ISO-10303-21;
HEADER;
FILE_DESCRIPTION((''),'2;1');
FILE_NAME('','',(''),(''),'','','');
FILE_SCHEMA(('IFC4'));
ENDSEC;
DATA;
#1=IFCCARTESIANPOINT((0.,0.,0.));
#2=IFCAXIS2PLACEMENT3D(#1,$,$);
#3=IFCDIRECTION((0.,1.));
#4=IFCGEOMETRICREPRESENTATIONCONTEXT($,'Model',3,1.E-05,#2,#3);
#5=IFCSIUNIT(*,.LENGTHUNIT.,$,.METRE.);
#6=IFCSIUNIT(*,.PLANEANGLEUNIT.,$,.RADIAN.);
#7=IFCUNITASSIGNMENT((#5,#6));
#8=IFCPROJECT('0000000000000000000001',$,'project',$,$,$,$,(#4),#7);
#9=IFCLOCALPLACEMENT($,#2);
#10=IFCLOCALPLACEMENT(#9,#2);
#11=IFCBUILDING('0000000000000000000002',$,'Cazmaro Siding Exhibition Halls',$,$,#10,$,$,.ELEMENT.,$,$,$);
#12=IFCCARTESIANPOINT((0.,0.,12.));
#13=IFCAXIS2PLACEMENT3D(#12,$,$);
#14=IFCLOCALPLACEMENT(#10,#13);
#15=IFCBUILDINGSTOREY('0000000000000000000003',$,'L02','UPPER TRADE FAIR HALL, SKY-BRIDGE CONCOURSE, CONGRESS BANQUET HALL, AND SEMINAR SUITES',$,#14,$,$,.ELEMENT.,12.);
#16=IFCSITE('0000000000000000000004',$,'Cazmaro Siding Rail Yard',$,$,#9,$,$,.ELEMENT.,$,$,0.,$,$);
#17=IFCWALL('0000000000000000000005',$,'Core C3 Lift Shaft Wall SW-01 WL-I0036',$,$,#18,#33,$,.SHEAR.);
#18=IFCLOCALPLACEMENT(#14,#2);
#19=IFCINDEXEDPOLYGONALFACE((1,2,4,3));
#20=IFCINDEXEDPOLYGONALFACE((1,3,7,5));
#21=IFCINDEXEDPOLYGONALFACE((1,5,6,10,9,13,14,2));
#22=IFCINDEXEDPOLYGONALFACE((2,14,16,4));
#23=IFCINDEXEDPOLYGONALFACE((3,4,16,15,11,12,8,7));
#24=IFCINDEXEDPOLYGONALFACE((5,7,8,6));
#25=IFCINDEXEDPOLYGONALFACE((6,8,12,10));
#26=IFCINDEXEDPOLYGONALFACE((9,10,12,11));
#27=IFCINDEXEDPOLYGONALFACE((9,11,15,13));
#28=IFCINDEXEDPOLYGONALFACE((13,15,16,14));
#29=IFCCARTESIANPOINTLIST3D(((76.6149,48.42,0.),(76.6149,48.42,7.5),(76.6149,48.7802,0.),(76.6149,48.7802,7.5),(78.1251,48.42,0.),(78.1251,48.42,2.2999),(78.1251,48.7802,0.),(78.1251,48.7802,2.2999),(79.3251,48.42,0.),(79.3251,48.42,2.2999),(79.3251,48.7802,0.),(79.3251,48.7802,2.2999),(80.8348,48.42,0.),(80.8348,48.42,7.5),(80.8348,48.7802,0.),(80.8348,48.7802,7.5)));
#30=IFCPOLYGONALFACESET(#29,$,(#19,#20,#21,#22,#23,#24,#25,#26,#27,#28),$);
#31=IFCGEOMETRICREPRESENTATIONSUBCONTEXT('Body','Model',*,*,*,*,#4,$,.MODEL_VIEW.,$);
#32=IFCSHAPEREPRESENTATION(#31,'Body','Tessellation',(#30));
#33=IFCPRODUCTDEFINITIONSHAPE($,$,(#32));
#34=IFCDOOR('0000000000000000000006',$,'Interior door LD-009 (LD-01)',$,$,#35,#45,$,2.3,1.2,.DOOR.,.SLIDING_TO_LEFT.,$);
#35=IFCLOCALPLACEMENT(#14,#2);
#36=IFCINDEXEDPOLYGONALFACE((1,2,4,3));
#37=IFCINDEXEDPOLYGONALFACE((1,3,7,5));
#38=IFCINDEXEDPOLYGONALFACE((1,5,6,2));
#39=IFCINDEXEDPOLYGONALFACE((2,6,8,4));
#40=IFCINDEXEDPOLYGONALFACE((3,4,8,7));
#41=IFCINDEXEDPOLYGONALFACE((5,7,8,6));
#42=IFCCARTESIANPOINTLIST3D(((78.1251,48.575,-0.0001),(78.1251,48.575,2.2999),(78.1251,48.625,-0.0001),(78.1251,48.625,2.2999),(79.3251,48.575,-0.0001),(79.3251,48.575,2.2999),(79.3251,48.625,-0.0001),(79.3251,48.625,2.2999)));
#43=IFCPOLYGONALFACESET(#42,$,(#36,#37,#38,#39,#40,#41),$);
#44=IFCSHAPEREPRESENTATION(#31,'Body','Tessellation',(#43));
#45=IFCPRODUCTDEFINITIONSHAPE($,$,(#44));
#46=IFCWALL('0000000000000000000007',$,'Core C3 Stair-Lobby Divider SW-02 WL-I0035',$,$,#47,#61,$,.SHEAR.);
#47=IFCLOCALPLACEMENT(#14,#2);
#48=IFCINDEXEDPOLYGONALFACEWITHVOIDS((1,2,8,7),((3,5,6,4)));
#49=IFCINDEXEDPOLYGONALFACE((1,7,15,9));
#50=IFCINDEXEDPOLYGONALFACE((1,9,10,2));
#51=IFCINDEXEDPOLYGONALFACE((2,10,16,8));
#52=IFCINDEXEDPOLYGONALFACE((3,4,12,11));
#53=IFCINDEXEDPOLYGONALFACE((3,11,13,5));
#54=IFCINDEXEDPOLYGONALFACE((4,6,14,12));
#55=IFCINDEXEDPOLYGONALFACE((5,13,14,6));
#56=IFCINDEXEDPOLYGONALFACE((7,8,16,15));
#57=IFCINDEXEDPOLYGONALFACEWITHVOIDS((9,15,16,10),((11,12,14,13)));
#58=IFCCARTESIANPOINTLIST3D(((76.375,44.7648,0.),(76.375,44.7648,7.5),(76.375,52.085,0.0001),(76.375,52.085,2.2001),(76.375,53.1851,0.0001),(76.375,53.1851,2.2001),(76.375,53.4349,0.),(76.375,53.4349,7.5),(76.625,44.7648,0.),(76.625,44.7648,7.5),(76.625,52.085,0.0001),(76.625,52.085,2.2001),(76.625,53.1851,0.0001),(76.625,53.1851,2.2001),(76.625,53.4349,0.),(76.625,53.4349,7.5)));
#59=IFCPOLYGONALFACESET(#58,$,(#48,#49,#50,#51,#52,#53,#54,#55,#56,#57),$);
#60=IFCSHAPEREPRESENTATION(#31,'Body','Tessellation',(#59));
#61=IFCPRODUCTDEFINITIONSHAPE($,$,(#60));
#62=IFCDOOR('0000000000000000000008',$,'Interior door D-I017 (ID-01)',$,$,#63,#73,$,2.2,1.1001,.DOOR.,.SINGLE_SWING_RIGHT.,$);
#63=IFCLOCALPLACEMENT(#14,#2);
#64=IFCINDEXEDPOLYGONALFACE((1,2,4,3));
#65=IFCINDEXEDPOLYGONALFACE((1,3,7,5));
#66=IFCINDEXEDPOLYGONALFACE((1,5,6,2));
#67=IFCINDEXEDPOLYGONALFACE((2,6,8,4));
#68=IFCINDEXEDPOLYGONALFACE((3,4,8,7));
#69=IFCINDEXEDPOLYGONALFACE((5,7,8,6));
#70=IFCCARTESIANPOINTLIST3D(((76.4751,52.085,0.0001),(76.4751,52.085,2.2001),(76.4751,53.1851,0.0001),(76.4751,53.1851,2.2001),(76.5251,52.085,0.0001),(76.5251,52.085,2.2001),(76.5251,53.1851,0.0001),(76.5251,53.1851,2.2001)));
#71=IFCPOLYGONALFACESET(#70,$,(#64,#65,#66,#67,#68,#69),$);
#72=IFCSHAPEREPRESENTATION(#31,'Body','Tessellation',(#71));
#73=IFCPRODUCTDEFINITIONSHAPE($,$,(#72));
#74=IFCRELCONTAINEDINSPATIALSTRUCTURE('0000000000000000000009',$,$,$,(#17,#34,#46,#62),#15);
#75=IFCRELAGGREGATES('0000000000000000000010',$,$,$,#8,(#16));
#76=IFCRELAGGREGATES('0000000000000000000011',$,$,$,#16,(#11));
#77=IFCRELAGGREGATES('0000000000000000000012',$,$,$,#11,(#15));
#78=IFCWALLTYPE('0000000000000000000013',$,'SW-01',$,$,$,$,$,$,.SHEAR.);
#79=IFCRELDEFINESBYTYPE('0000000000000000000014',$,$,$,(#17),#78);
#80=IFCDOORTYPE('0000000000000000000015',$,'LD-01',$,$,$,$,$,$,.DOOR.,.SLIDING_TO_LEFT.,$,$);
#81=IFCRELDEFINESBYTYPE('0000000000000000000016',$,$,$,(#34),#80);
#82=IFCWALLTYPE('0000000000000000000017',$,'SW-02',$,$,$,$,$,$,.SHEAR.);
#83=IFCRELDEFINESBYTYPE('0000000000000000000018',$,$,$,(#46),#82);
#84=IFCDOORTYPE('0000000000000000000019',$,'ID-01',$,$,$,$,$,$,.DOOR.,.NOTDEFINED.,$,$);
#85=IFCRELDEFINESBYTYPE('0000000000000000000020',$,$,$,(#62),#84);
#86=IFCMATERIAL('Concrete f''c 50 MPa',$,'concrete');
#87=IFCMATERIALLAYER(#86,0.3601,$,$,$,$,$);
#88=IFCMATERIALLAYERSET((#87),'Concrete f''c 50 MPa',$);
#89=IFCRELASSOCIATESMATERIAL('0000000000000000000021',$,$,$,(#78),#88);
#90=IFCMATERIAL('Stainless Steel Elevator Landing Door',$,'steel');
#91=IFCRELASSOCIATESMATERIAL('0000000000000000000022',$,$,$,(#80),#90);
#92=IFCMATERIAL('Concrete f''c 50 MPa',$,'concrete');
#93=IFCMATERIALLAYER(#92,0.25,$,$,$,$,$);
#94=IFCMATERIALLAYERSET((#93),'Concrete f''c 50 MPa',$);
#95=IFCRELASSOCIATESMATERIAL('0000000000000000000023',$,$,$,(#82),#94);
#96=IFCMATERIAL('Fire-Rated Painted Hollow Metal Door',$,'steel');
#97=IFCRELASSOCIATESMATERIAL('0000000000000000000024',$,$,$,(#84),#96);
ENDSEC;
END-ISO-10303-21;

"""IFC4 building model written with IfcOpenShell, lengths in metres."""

from ifc_helpers import new_model, si_unit, direction, frame, frame_2d, origin, place, context, subcontext, project, spatial, rectangle, extrude, material, layer, layer_set, type_object, element, fill, save


model = new_model("IFC4")

# Units and contexts
model_context = context("Model", 3, precision=1e-05, world=origin(), true_north=direction((0.0, 1.0)))
body_context = subcontext(model_context, "Body", "Model", "MODEL_VIEW")
ifc_project = project(units=[si_unit("LENGTHUNIT", "METRE"), si_unit("PLANEANGLEUNIT", "RADIAN")], contexts=[model_context])

# Site, building, storey
site_placement = place(None, origin())
site = spatial("IfcSite", under=ifc_project, at=site_placement, Name="Cazmaro Siding Rail Yard", CompositionType="ELEMENT", RefElevation=0.0)
building_placement = place(site_placement, origin())
building = spatial("IfcBuilding", under=site, at=building_placement, Name="Cazmaro Siding Exhibition Halls", CompositionType="ELEMENT")
storey_placement = place(building_placement, frame((0.0, 0.0, 12.0)))
storey = spatial("IfcBuildingStorey", under=building, at=storey_placement, Name="L02", Description="UPPER TRADE FAIR HALL, SKY-BRIDGE CONCOURSE, CONGRESS BANQUET HALL, AND SEMINAR SUITES", CompositionType="ELEMENT", Elevation=12.0)

# Shared definitions
ifc_material_1 = material(Name="Concrete f'c 50 MPa", Category="concrete")
ifc_layer_1 = layer(ifc_material_1, 0.3601)
ifc_layer_set_1 = layer_set([ifc_layer_1], Name="Concrete f'c 50 MPa")
wall_type_1 = type_object("IfcWallType", Name="SW-01", PredefinedType="SHEAR", material=ifc_layer_set_1)

# Walls, openings, doors
wall_1_placement = place(storey_placement, frame((76.615, 48.6001, 0.0), z_axis=(0.0, 0.0, 1.0), x_axis=(1.0, 0.0, 0.0)))
wall_1 = element("IfcWall", 1, at=wall_1_placement, inside=storey, type_object=wall_type_1, Name="Core C3 Lift Shaft Wall SW-01 WL-I0036", PredefinedType="SHEAR", context=body_context, shape_type="SweptSolid", body=[
    extrude(rectangle(XDim=4.22, YDim=0.3601, at=frame_2d((2.1099, 0.0))), origin(), (0.0, 0.0, 1.0), 7.5),
])
opening_1_placement = place(wall_1_placement, frame((1.51, 0.0, 0.0)))
opening_1 = element("IfcOpeningElement", 2, at=opening_1_placement, cuts=wall_1, PredefinedType="OPENING", context=body_context, shape_type="SweptSolid", body=[
    extrude(rectangle(XDim=1.2, YDim=2.3, at=frame_2d((0.6001, 1.1499))), frame((0.0, 0.1899, 0.0), z_axis=(0.0, -1.0, 0.0), x_axis=(1.0, 0.0, 0.0)), (0.0, 0.0, 1.0), 0.3801),
])
ifc_material_2 = material(Name="Stainless Steel Elevator Landing Door", Category="steel")
door_type_1 = type_object("IfcDoorType", Name="LD-01", OperationType="SLIDING_TO_LEFT", PredefinedType="DOOR", material=ifc_material_2)
door_1_placement = place(opening_1_placement, origin())
door_1 = element("IfcDoor", 3, at=door_1_placement, inside=storey, type_object=door_type_1, Name="Interior door LD-009 (LD-01)", OperationType="SLIDING_TO_LEFT", OverallHeight=2.3, OverallWidth=1.2, PredefinedType="DOOR", context=body_context, shape_type="SweptSolid", body=[
    extrude(rectangle(XDim=1.2, YDim=2.3, at=frame_2d((0.6001, 1.1499))), frame((0.0, 0.0249, 0.0), z_axis=(0.0, -1.0, 0.0), x_axis=(1.0, 0.0, 0.0)), (0.0, 0.0, 1.0), 0.05),
])
fill(opening_1, door_1)
ifc_material_3 = material(Name="Concrete f'c 50 MPa", Category="concrete")
ifc_layer_2 = layer(ifc_material_3, 0.25)
ifc_layer_set_2 = layer_set([ifc_layer_2], Name="Concrete f'c 50 MPa")
wall_type_2 = type_object("IfcWallType", Name="SW-02", PredefinedType="SHEAR", material=ifc_layer_set_2)
wall_2_placement = place(storey_placement, frame((76.5, 44.7649, 0.0), z_axis=(0.0, 0.0, 1.0), x_axis=(0.0, 1.0, 0.0)))
wall_2 = element("IfcWall", 4, at=wall_2_placement, inside=storey, type_object=wall_type_2, Name="Core C3 Stair-Lobby Divider SW-02 WL-I0035", PredefinedType="SHEAR", context=body_context, shape_type="SweptSolid", body=[
    extrude(rectangle(XDim=8.6702, YDim=0.25, at=frame_2d((4.335, 0.0))), origin(), (0.0, 0.0, 1.0), 7.5),
])
opening_2_placement = place(wall_2_placement, frame((7.3201, 0.0, 0.0)))
opening_2 = element("IfcOpeningElement", 5, at=opening_2_placement, cuts=wall_2, PredefinedType="OPENING", context=body_context, shape_type="SweptSolid", body=[
    extrude(rectangle(XDim=1.1001, YDim=2.2, at=frame_2d((0.55, 1.1001))), frame((0.0, 0.135, 0.0), z_axis=(0.0, -1.0, 0.0), x_axis=(1.0, 0.0, 0.0)), (0.0, 0.0, 1.0), 0.27),
])
ifc_material_4 = material(Name="Fire-Rated Painted Hollow Metal Door", Category="steel")
door_type_2 = type_object("IfcDoorType", Name="ID-01", OperationType="NOTDEFINED", PredefinedType="DOOR", material=ifc_material_4)
door_2_placement = place(opening_2_placement, origin())
door_2 = element("IfcDoor", 6, at=door_2_placement, inside=storey, type_object=door_type_2, Name="Interior door D-I017 (ID-01)", OperationType="SINGLE_SWING_RIGHT", OverallHeight=2.2, OverallWidth=1.1001, PredefinedType="DOOR", context=body_context, shape_type="SweptSolid", body=[
    extrude(rectangle(XDim=1.1001, YDim=2.2, at=frame_2d((0.55, 1.1001))), frame((0.0, 0.0249, 0.0), z_axis=(0.0, -1.0, 0.0), x_axis=(1.0, 0.0, 0.0)), (0.0, 0.0, 1.0), 0.05),
])
fill(opening_2, door_2)

save(model, "model.ifc")
